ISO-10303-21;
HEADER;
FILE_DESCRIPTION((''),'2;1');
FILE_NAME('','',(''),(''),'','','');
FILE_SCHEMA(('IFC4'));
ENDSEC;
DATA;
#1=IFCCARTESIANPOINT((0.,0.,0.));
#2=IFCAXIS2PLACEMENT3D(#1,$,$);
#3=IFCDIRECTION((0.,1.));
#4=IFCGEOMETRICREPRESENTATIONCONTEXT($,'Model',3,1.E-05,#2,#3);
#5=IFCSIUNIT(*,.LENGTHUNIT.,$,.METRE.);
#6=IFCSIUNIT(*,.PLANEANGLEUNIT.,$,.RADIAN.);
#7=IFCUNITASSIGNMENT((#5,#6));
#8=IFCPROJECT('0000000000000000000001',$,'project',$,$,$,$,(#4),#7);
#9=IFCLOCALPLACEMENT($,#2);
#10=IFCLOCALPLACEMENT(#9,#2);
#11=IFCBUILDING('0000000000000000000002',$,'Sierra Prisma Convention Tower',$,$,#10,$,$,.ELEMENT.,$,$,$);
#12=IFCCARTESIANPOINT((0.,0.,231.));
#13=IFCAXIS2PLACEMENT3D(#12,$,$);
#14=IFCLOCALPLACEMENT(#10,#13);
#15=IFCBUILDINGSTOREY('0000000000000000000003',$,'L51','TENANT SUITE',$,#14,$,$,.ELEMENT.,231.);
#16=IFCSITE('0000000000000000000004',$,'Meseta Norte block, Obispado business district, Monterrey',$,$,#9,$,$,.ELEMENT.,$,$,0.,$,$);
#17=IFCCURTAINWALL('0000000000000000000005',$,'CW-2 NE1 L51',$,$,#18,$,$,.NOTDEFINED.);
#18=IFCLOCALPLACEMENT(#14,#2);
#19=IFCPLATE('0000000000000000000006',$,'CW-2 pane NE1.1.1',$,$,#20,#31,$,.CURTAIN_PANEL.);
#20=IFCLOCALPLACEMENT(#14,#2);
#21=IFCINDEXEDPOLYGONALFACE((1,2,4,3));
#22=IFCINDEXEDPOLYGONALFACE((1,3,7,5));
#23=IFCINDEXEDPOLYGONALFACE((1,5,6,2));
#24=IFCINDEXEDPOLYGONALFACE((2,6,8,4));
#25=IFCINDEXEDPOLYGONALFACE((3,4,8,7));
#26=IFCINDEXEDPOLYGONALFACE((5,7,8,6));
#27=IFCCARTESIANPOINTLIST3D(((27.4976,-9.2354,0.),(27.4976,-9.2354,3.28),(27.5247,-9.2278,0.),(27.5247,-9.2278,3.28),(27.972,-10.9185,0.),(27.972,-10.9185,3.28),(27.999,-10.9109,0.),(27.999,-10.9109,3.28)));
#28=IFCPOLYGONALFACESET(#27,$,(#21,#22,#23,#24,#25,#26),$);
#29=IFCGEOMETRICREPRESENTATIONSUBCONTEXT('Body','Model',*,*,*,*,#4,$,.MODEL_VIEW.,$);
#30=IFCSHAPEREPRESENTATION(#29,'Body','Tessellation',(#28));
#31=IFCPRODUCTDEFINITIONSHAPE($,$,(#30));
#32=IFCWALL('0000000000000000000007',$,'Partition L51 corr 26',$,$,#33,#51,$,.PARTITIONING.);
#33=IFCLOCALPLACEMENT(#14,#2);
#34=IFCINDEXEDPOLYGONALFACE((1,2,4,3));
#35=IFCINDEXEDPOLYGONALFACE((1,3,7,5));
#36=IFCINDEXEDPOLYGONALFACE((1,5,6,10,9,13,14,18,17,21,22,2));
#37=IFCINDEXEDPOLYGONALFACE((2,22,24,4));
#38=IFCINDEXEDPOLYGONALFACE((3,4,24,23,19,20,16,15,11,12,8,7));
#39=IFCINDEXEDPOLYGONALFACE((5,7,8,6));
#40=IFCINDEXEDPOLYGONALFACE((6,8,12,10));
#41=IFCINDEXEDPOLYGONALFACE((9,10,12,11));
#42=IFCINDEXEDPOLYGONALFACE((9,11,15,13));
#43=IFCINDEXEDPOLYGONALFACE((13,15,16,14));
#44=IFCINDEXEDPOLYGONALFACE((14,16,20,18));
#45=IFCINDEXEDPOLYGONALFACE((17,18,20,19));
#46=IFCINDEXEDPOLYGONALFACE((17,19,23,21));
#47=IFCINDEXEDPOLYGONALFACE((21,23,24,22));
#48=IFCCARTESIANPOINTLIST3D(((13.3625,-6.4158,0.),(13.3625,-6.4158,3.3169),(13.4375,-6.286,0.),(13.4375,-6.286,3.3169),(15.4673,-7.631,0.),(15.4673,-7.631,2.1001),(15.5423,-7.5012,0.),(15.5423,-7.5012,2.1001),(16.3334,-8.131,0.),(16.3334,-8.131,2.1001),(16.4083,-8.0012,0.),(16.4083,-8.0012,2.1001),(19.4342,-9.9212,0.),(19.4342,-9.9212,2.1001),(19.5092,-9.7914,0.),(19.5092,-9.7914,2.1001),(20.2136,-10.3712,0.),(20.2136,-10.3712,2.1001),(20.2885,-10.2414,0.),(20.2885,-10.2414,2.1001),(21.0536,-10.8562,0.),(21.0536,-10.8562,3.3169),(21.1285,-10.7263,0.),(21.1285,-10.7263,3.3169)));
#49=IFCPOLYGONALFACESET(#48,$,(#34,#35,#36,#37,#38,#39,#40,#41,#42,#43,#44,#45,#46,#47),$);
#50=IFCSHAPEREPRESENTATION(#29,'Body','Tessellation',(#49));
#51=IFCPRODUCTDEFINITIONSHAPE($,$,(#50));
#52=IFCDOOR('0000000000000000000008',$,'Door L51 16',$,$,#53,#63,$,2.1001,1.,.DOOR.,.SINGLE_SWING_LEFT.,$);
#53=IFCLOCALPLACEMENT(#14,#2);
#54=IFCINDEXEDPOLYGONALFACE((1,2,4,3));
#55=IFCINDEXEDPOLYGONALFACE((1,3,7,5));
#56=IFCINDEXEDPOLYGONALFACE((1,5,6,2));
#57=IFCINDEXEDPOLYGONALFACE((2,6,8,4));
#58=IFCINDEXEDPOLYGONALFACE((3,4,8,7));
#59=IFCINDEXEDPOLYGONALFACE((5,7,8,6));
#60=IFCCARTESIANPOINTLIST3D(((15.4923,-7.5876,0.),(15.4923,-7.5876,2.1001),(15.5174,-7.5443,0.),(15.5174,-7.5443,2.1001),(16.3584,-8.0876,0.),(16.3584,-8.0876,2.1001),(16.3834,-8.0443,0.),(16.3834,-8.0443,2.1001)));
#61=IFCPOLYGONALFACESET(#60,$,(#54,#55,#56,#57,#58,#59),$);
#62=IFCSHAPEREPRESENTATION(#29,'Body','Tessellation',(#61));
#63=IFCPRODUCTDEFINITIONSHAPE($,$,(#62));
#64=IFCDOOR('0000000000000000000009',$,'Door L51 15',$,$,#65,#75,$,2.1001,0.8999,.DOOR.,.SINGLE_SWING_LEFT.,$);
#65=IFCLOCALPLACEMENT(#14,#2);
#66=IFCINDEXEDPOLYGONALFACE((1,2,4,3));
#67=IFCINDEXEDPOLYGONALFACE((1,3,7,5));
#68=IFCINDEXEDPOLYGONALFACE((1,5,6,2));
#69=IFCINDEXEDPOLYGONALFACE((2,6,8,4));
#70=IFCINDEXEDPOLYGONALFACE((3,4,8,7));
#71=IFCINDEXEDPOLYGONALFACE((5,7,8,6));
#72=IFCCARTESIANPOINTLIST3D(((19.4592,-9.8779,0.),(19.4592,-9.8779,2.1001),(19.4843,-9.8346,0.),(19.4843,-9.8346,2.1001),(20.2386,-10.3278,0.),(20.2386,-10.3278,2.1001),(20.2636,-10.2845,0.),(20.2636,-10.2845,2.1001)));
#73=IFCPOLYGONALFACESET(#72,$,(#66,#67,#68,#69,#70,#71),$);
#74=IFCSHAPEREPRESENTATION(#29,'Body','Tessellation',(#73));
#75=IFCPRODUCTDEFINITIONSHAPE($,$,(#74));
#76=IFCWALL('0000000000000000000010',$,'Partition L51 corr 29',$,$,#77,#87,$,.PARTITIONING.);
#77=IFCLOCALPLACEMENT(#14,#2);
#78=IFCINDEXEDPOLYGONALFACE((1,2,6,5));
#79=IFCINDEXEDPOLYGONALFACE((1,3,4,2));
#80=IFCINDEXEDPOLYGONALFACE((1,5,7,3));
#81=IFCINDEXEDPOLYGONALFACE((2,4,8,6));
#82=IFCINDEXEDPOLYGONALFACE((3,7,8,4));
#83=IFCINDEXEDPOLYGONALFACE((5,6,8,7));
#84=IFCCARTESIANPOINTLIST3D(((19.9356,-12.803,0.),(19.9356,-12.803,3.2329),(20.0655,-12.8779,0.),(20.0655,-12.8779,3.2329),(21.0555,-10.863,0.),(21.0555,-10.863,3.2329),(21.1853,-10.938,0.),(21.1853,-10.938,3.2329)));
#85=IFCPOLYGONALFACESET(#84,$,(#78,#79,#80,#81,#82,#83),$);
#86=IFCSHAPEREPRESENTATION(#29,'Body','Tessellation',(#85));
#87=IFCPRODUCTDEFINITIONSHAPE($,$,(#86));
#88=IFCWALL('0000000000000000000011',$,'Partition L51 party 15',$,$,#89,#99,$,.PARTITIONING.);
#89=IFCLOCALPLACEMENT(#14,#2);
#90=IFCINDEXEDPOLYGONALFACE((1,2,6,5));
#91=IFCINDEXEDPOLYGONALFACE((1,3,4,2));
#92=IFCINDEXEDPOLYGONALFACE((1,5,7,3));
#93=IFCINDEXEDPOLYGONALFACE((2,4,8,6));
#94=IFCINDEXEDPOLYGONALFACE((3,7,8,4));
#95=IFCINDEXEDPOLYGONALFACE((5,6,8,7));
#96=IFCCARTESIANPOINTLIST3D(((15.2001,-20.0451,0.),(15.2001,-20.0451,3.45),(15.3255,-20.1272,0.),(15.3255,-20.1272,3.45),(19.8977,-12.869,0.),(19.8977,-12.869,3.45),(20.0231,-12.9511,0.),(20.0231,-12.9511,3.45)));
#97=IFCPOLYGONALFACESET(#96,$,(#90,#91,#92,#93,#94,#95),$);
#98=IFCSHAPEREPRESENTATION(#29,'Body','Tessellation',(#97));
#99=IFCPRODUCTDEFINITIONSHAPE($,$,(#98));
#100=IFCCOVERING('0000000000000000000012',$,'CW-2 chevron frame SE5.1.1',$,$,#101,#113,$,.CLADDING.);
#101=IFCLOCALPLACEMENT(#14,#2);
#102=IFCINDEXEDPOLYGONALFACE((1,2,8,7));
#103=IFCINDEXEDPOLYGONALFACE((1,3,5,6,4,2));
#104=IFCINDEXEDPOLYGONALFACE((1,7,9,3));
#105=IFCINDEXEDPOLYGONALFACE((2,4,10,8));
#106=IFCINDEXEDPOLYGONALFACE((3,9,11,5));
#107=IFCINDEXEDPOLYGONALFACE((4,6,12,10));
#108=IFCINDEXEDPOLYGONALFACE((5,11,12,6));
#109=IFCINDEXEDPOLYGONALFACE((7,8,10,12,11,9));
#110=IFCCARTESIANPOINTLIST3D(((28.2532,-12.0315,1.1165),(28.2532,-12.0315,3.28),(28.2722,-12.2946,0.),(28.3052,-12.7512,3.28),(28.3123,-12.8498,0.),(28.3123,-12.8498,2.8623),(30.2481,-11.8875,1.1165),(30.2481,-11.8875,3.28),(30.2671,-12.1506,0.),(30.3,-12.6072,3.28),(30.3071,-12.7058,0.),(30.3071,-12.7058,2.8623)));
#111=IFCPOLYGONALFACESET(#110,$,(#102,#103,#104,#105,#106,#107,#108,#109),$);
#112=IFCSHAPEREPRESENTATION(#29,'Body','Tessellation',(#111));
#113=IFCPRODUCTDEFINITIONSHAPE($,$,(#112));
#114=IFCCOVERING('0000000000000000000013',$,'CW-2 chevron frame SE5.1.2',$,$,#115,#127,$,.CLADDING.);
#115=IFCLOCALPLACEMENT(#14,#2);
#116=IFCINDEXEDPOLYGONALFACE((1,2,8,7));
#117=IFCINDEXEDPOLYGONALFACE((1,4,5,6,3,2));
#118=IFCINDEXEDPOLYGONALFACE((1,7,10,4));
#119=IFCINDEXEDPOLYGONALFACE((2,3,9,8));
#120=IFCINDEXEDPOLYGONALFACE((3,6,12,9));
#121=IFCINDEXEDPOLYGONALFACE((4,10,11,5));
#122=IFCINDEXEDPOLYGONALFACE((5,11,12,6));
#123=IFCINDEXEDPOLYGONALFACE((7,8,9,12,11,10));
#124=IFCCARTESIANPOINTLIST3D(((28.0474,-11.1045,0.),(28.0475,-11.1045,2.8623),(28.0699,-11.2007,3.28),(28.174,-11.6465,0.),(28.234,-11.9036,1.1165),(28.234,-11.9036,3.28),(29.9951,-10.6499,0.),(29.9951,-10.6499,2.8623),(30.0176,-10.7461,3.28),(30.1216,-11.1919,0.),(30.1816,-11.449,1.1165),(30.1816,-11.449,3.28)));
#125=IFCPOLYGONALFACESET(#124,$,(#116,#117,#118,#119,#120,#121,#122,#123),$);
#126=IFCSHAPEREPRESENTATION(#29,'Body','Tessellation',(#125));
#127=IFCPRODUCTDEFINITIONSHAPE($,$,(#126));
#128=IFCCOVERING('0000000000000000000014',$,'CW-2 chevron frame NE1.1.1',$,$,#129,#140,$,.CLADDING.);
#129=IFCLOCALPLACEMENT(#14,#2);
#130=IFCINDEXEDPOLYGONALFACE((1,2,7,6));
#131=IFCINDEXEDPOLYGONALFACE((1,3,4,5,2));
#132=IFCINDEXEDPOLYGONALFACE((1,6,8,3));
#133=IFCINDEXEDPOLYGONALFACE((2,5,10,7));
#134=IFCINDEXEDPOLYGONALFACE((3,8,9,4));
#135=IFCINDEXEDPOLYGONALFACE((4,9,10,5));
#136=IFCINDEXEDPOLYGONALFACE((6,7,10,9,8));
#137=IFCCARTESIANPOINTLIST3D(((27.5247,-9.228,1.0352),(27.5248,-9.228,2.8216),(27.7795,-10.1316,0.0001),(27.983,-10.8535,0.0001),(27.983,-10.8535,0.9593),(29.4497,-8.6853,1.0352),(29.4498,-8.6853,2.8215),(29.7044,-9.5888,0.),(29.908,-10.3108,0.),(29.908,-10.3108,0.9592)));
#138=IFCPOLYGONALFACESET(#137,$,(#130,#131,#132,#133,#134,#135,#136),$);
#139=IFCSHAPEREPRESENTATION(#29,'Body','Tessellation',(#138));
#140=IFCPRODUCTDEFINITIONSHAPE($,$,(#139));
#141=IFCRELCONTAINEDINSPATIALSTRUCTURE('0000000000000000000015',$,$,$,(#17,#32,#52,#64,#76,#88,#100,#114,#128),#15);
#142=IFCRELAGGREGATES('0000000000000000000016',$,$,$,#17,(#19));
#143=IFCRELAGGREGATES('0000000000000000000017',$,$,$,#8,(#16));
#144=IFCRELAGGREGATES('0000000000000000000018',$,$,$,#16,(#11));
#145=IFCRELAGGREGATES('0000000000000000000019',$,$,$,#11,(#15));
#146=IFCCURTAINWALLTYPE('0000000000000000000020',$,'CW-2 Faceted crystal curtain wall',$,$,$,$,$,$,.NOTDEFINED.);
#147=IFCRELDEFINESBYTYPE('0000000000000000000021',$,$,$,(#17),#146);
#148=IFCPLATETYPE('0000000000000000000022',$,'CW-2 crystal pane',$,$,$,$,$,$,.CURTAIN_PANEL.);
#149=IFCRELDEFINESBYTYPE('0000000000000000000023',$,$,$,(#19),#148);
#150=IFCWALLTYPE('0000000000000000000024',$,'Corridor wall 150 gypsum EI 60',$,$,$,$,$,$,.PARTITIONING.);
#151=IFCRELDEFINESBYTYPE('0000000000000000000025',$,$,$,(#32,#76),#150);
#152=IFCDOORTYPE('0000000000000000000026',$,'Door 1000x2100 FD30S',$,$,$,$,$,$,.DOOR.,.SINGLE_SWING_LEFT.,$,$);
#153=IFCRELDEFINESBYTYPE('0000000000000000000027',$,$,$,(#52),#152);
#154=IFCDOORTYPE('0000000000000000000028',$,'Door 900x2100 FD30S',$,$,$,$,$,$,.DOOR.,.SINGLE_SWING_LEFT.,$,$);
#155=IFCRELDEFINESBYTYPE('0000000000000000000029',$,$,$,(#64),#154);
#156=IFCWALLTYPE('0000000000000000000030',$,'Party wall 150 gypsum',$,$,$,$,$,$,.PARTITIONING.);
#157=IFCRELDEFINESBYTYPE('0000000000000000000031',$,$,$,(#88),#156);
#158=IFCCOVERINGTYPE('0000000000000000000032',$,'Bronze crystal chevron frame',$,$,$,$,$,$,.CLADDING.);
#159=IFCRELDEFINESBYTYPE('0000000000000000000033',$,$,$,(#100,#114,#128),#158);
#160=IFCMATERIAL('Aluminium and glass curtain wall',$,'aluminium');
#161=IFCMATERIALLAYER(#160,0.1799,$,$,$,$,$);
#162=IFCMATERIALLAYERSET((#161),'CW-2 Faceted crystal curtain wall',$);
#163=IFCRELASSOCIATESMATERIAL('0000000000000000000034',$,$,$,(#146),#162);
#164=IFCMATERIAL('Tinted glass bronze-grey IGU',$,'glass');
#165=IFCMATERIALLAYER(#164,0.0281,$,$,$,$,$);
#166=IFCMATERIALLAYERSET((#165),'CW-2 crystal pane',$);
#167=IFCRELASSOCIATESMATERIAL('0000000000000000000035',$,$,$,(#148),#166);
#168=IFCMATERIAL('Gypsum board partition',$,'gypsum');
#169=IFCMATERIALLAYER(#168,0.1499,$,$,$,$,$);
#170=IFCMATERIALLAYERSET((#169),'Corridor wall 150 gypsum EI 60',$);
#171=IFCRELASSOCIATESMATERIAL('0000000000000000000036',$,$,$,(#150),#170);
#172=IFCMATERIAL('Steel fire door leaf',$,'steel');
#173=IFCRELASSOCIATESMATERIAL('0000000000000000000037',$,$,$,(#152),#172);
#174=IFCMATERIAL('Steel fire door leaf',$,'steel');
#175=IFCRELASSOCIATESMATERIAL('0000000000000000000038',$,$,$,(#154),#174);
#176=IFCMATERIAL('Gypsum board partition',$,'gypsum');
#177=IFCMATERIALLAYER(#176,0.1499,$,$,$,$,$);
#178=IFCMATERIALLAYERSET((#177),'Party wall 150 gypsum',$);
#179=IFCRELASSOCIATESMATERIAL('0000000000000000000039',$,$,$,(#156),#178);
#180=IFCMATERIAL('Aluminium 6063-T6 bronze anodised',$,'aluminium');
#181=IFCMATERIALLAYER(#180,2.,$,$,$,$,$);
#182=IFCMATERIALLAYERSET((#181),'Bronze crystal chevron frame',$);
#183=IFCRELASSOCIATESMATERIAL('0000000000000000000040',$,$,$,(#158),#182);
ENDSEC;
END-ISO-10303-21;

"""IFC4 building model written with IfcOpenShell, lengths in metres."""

from ifc_helpers import new_model, si_unit, direction, frame, frame_2d, origin, place, context, subcontext, project, spatial, polyline, rectangle, outline, extrude, material, layer, layer_set, type_object, element, fill, aggregate, save


model = new_model("IFC4")

# Units and contexts
model_context = context("Model", 3, precision=1e-05, world=origin(), true_north=direction((0.0, 1.0)))
body_context = subcontext(model_context, "Body", "Model", "MODEL_VIEW")
ifc_project = project(units=[si_unit("LENGTHUNIT", "METRE"), si_unit("PLANEANGLEUNIT", "RADIAN")], contexts=[model_context])

# Site, building, storey
site_placement = place(None, origin())
site = spatial("IfcSite", under=ifc_project, at=site_placement, Name="Meseta Norte block, Obispado business district, Monterrey", CompositionType="ELEMENT", RefElevation=0.0)
building_placement = place(site_placement, origin())
building = spatial("IfcBuilding", under=site, at=building_placement, Name="Sierra Prisma Convention Tower", CompositionType="ELEMENT")
storey_placement = place(building_placement, frame((0.0, 0.0, 231.0)))
storey = spatial("IfcBuildingStorey", under=building, at=storey_placement, Name="L51", Description="TENANT SUITE", CompositionType="ELEMENT", Elevation=231.0)

# Shared definitions
ifc_material_1 = material(Name="Aluminium and glass curtain wall", Category="aluminium")
ifc_layer_1 = layer(ifc_material_1, 0.1799)
ifc_layer_set_1 = layer_set([ifc_layer_1], Name="CW-2 Faceted crystal curtain wall")
curtain_wall_type = type_object("IfcCurtainWallType", Name="CW-2 Faceted crystal curtain wall", PredefinedType="NOTDEFINED", material=ifc_layer_set_1)

# Curtain wall
curtain_wall_1_placement = place(storey_placement, origin())
curtain_wall_1 = element("IfcCurtainWall", 1, at=curtain_wall_1_placement, inside=storey, type_object=curtain_wall_type, Name="CW-2 NE1 L51", PredefinedType="NOTDEFINED")

# Plate
ifc_material_2 = material(Name="Tinted glass bronze-grey IGU", Category="glass")
ifc_layer_2 = layer(ifc_material_2, 0.0281)
ifc_layer_set_2 = layer_set([ifc_layer_2], Name="CW-2 crystal pane")
plate_type = type_object("IfcPlateType", Name="CW-2 crystal pane", PredefinedType="CURTAIN_PANEL", material=ifc_layer_set_2)
plate_1_placement = place(storey_placement, frame((27.999, -10.9109, 0.0), z_axis=(0.962503, 0.271271, 0.0), x_axis=(-0.271271, 0.962503, 0.0)))
plate_1 = element("IfcPlate", 2, at=plate_1_placement, type_object=plate_type, Name="CW-2 pane NE1.1.1", PredefinedType="CURTAIN_PANEL", context=body_context, shape_type="SweptSolid", body=[
    extrude(outline(polyline([(0.0, 0.0), (1.7487, 0.0), (1.7487, 3.28), (0.0, 3.28), (0.0, 0.0)])), origin(), (0.0, 0.0, -1.0), 0.0281),
])
aggregate(curtain_wall_1, [plate_1])

# Wall, openings, doors
ifc_material_3 = material(Name="Gypsum board partition", Category="gypsum")
ifc_layer_3 = layer(ifc_material_3, 0.1499)
ifc_layer_set_3 = layer_set([ifc_layer_3], Name="Corridor wall 150 gypsum EI 60")
wall_type_1 = type_object("IfcWallType", Name="Corridor wall 150 gypsum EI 60", PredefinedType="PARTITIONING", material=ifc_layer_set_3)
wall_1_placement = place(storey_placement, frame((21.0911, -10.7913, 0.0), z_axis=(0.0, 0.0, 1.0), x_axis=(-0.866029, 0.499995, 0.0)))
wall_1 = element("IfcWall", 3, at=wall_1_placement, inside=storey, type_object=wall_type_1, Name="Partition L51 corr 26", PredefinedType="PARTITIONING", context=body_context, shape_type="SweptSolid", body=[
    extrude(rectangle(XDim=8.8809, YDim=0.1499, at=frame_2d((4.4404, 0.0))), origin(), (0.0, 0.0, 1.0), 3.3169),
])
opening_1_placement = place(wall_1_placement, frame((0.97, 0.0, 0.0)))
opening_1 = element("IfcOpeningElement", 4, at=opening_1_placement, cuts=wall_1, PredefinedType="OPENING", context=body_context, shape_type="SweptSolid", body=[
    extrude(rectangle(XDim=0.8999, YDim=2.1001, at=frame_2d((0.45, 1.05))), frame((0.0, 0.075, 0.0), z_axis=(0.0, -1.0, 0.0), x_axis=(1.0, 0.0, 0.0)), (0.0, 0.0, 1.0), 0.1499),
])
opening_2_placement = place(wall_1_placement, frame((5.4504, 0.0, 0.0)))
opening_2 = element("IfcOpeningElement", 5, at=opening_2_placement, cuts=wall_1, PredefinedType="OPENING", context=body_context, shape_type="SweptSolid", body=[
    extrude(rectangle(XDim=1.0, YDim=2.1001, at=frame_2d((0.5, 1.05))), frame((0.0, 0.075, 0.0), z_axis=(0.0, -1.0, 0.0), x_axis=(1.0, 0.0, 0.0)), (0.0, 0.0, 1.0), 0.1499),
])
ifc_material_4 = material(Name="Steel fire door leaf", Category="steel")
door_type_1 = type_object("IfcDoorType", Name="Door 1000x2100 FD30S", OperationType="SINGLE_SWING_LEFT", PredefinedType="DOOR", material=ifc_material_4)
door_1_placement = place(opening_2_placement, origin())
door_1 = element("IfcDoor", 6, at=door_1_placement, inside=storey, type_object=door_type_1, Name="Door L51 16", OperationType="SINGLE_SWING_LEFT", OverallHeight=2.1001, OverallWidth=1.0, PredefinedType="DOOR", context=body_context, shape_type="SweptSolid", body=[
    extrude(rectangle(XDim=1.0, YDim=2.1001, at=frame_2d((0.5, 1.05))), frame((0.0, 0.0249, 0.0), z_axis=(0.0, -1.0, 0.0), x_axis=(1.0, 0.0, 0.0)), (0.0, 0.0, 1.0), 0.05),
])
fill(opening_2, door_1)
ifc_material_5 = material(Name="Steel fire door leaf", Category="steel")
door_type_2 = type_object("IfcDoorType", Name="Door 900x2100 FD30S", OperationType="SINGLE_SWING_LEFT", PredefinedType="DOOR", material=ifc_material_5)
door_2_placement = place(opening_1_placement, origin())
door_2 = element("IfcDoor", 7, at=door_2_placement, inside=storey, type_object=door_type_2, Name="Door L51 15", OperationType="SINGLE_SWING_LEFT", OverallHeight=2.1001, OverallWidth=0.8999, PredefinedType="DOOR", context=body_context, shape_type="SweptSolid", body=[
    extrude(rectangle(XDim=0.8999, YDim=2.1001, at=frame_2d((0.45, 1.05))), frame((0.0, 0.0249, 0.0), z_axis=(0.0, -1.0, 0.0), x_axis=(1.0, 0.0, 0.0)), (0.0, 0.0, 1.0), 0.05),
])
fill(opening_1, door_2)

# Walls
wall_2_placement = place(storey_placement, frame((20.0005, -12.8406, 0.0), z_axis=(0.0, 0.0, 1.0), x_axis=(0.499949, 0.866055, 0.0)))
element("IfcWall", 8, at=wall_2_placement, inside=storey, type_object=wall_type_1, Name="Partition L51 corr 29", PredefinedType="PARTITIONING", context=body_context, shape_type="SweptSolid", body=[
    extrude(rectangle(XDim=2.24, YDim=0.1499, at=frame_2d((1.1201, 0.0))), origin(), (0.0, 0.0, 1.0), 3.2329),
])
ifc_material_6 = material(Name="Gypsum board partition", Category="gypsum")
ifc_layer_4 = layer(ifc_material_6, 0.1499)
ifc_layer_set_4 = layer_set([ifc_layer_4], Name="Party wall 150 gypsum")
wall_type_2 = type_object("IfcWallType", Name="Party wall 150 gypsum", PredefinedType="PARTITIONING", material=ifc_layer_set_4)
wall_3_placement = place(storey_placement, frame((19.9604, -12.9099, 0.0), z_axis=(0.0, 0.0, 1.0), x_axis=(-0.547698, -0.836676, 0.0)))
element("IfcWall", 9, at=wall_3_placement, inside=storey, type_object=wall_type_2, Name="Partition L51 party 15", PredefinedType="PARTITIONING", context=body_context, shape_type="SweptSolid", body=[
    extrude(rectangle(XDim=8.5769, YDim=0.1499, at=frame_2d((4.2886, 0.0))), origin(), (0.0, 0.0, 1.0), 3.45),
])

# Coverings
ifc_material_7 = material(Name="Aluminium 6063-T6 bronze anodised", Category="aluminium")
ifc_layer_5 = layer(ifc_material_7, 2.0)
ifc_layer_set_5 = layer_set([ifc_layer_5], Name="Bronze crystal chevron frame")
covering_type = type_object("IfcCoveringType", Name="Bronze crystal chevron frame", PredefinedType="CLADDING", material=ifc_layer_set_5)
covering_1_placement = place(storey_placement, frame((30.3071, -12.7058, 0.0), z_axis=(0.997404, 0.072002, 0.0), x_axis=(-0.072002, 0.997404, 0.0)))
element("IfcCovering", 10, at=covering_1_placement, inside=storey, type_object=covering_type, Name="CW-2 chevron frame SE5.1.1", PredefinedType="CLADDING", context=body_context, shape_type="SweptSolid", body=[
    extrude(outline(polyline([(0.0, 0.0), (0.5566, 0.0), (0.8205, 1.1165), (0.8205, 3.28), (0.0989, 3.28), (0.0, 2.8623), (0.0, 0.0)])), origin(), (0.0, 0.0, -1.0), 2.0),
])
covering_2_placement = place(storey_placement, frame((30.1816, -11.449, 3.28), z_axis=(0.973824, 0.227303, -0.000009), x_axis=(-0.000009, -0.000002, -1.0)))
element("IfcCovering", 11, at=covering_2_placement, inside=storey, type_object=covering_type, Name="CW-2 chevron frame SE5.1.2", PredefinedType="CLADDING", context=body_context, shape_type="SweptSolid", body=[
    extrude(outline(polyline([(0.0, 0.0), (2.1636, 0.0), (3.28, 0.264), (3.28, 0.8206), (0.4177, 0.8206), (0.0, 0.7218), (0.0, 0.0)])), origin(), (0.0, 0.0, -1.0), 2.0),
])
covering_3_placement = place(storey_placement, frame((29.908, -10.3108, 0.0), z_axis=(0.962479, 0.271356, -0.000027), x_axis=(-0.271356, 0.962479, 0.0)))
element("IfcCovering", 12, at=covering_3_placement, inside=storey, type_object=covering_type, Name="CW-2 chevron frame NE1.1.1", PredefinedType="CLADDING", context=body_context, shape_type="SweptSolid", body=[
    extrude(outline(polyline([(0.0, 0.0), (0.7501, 0.0), (1.6888, 1.0352), (1.6888, 2.8215), (0.0, 0.9592), (0.0, 0.0)])), origin(), (0.0, 0.0, -1.0), 2.0),
])

save(model, "model.ifc")
